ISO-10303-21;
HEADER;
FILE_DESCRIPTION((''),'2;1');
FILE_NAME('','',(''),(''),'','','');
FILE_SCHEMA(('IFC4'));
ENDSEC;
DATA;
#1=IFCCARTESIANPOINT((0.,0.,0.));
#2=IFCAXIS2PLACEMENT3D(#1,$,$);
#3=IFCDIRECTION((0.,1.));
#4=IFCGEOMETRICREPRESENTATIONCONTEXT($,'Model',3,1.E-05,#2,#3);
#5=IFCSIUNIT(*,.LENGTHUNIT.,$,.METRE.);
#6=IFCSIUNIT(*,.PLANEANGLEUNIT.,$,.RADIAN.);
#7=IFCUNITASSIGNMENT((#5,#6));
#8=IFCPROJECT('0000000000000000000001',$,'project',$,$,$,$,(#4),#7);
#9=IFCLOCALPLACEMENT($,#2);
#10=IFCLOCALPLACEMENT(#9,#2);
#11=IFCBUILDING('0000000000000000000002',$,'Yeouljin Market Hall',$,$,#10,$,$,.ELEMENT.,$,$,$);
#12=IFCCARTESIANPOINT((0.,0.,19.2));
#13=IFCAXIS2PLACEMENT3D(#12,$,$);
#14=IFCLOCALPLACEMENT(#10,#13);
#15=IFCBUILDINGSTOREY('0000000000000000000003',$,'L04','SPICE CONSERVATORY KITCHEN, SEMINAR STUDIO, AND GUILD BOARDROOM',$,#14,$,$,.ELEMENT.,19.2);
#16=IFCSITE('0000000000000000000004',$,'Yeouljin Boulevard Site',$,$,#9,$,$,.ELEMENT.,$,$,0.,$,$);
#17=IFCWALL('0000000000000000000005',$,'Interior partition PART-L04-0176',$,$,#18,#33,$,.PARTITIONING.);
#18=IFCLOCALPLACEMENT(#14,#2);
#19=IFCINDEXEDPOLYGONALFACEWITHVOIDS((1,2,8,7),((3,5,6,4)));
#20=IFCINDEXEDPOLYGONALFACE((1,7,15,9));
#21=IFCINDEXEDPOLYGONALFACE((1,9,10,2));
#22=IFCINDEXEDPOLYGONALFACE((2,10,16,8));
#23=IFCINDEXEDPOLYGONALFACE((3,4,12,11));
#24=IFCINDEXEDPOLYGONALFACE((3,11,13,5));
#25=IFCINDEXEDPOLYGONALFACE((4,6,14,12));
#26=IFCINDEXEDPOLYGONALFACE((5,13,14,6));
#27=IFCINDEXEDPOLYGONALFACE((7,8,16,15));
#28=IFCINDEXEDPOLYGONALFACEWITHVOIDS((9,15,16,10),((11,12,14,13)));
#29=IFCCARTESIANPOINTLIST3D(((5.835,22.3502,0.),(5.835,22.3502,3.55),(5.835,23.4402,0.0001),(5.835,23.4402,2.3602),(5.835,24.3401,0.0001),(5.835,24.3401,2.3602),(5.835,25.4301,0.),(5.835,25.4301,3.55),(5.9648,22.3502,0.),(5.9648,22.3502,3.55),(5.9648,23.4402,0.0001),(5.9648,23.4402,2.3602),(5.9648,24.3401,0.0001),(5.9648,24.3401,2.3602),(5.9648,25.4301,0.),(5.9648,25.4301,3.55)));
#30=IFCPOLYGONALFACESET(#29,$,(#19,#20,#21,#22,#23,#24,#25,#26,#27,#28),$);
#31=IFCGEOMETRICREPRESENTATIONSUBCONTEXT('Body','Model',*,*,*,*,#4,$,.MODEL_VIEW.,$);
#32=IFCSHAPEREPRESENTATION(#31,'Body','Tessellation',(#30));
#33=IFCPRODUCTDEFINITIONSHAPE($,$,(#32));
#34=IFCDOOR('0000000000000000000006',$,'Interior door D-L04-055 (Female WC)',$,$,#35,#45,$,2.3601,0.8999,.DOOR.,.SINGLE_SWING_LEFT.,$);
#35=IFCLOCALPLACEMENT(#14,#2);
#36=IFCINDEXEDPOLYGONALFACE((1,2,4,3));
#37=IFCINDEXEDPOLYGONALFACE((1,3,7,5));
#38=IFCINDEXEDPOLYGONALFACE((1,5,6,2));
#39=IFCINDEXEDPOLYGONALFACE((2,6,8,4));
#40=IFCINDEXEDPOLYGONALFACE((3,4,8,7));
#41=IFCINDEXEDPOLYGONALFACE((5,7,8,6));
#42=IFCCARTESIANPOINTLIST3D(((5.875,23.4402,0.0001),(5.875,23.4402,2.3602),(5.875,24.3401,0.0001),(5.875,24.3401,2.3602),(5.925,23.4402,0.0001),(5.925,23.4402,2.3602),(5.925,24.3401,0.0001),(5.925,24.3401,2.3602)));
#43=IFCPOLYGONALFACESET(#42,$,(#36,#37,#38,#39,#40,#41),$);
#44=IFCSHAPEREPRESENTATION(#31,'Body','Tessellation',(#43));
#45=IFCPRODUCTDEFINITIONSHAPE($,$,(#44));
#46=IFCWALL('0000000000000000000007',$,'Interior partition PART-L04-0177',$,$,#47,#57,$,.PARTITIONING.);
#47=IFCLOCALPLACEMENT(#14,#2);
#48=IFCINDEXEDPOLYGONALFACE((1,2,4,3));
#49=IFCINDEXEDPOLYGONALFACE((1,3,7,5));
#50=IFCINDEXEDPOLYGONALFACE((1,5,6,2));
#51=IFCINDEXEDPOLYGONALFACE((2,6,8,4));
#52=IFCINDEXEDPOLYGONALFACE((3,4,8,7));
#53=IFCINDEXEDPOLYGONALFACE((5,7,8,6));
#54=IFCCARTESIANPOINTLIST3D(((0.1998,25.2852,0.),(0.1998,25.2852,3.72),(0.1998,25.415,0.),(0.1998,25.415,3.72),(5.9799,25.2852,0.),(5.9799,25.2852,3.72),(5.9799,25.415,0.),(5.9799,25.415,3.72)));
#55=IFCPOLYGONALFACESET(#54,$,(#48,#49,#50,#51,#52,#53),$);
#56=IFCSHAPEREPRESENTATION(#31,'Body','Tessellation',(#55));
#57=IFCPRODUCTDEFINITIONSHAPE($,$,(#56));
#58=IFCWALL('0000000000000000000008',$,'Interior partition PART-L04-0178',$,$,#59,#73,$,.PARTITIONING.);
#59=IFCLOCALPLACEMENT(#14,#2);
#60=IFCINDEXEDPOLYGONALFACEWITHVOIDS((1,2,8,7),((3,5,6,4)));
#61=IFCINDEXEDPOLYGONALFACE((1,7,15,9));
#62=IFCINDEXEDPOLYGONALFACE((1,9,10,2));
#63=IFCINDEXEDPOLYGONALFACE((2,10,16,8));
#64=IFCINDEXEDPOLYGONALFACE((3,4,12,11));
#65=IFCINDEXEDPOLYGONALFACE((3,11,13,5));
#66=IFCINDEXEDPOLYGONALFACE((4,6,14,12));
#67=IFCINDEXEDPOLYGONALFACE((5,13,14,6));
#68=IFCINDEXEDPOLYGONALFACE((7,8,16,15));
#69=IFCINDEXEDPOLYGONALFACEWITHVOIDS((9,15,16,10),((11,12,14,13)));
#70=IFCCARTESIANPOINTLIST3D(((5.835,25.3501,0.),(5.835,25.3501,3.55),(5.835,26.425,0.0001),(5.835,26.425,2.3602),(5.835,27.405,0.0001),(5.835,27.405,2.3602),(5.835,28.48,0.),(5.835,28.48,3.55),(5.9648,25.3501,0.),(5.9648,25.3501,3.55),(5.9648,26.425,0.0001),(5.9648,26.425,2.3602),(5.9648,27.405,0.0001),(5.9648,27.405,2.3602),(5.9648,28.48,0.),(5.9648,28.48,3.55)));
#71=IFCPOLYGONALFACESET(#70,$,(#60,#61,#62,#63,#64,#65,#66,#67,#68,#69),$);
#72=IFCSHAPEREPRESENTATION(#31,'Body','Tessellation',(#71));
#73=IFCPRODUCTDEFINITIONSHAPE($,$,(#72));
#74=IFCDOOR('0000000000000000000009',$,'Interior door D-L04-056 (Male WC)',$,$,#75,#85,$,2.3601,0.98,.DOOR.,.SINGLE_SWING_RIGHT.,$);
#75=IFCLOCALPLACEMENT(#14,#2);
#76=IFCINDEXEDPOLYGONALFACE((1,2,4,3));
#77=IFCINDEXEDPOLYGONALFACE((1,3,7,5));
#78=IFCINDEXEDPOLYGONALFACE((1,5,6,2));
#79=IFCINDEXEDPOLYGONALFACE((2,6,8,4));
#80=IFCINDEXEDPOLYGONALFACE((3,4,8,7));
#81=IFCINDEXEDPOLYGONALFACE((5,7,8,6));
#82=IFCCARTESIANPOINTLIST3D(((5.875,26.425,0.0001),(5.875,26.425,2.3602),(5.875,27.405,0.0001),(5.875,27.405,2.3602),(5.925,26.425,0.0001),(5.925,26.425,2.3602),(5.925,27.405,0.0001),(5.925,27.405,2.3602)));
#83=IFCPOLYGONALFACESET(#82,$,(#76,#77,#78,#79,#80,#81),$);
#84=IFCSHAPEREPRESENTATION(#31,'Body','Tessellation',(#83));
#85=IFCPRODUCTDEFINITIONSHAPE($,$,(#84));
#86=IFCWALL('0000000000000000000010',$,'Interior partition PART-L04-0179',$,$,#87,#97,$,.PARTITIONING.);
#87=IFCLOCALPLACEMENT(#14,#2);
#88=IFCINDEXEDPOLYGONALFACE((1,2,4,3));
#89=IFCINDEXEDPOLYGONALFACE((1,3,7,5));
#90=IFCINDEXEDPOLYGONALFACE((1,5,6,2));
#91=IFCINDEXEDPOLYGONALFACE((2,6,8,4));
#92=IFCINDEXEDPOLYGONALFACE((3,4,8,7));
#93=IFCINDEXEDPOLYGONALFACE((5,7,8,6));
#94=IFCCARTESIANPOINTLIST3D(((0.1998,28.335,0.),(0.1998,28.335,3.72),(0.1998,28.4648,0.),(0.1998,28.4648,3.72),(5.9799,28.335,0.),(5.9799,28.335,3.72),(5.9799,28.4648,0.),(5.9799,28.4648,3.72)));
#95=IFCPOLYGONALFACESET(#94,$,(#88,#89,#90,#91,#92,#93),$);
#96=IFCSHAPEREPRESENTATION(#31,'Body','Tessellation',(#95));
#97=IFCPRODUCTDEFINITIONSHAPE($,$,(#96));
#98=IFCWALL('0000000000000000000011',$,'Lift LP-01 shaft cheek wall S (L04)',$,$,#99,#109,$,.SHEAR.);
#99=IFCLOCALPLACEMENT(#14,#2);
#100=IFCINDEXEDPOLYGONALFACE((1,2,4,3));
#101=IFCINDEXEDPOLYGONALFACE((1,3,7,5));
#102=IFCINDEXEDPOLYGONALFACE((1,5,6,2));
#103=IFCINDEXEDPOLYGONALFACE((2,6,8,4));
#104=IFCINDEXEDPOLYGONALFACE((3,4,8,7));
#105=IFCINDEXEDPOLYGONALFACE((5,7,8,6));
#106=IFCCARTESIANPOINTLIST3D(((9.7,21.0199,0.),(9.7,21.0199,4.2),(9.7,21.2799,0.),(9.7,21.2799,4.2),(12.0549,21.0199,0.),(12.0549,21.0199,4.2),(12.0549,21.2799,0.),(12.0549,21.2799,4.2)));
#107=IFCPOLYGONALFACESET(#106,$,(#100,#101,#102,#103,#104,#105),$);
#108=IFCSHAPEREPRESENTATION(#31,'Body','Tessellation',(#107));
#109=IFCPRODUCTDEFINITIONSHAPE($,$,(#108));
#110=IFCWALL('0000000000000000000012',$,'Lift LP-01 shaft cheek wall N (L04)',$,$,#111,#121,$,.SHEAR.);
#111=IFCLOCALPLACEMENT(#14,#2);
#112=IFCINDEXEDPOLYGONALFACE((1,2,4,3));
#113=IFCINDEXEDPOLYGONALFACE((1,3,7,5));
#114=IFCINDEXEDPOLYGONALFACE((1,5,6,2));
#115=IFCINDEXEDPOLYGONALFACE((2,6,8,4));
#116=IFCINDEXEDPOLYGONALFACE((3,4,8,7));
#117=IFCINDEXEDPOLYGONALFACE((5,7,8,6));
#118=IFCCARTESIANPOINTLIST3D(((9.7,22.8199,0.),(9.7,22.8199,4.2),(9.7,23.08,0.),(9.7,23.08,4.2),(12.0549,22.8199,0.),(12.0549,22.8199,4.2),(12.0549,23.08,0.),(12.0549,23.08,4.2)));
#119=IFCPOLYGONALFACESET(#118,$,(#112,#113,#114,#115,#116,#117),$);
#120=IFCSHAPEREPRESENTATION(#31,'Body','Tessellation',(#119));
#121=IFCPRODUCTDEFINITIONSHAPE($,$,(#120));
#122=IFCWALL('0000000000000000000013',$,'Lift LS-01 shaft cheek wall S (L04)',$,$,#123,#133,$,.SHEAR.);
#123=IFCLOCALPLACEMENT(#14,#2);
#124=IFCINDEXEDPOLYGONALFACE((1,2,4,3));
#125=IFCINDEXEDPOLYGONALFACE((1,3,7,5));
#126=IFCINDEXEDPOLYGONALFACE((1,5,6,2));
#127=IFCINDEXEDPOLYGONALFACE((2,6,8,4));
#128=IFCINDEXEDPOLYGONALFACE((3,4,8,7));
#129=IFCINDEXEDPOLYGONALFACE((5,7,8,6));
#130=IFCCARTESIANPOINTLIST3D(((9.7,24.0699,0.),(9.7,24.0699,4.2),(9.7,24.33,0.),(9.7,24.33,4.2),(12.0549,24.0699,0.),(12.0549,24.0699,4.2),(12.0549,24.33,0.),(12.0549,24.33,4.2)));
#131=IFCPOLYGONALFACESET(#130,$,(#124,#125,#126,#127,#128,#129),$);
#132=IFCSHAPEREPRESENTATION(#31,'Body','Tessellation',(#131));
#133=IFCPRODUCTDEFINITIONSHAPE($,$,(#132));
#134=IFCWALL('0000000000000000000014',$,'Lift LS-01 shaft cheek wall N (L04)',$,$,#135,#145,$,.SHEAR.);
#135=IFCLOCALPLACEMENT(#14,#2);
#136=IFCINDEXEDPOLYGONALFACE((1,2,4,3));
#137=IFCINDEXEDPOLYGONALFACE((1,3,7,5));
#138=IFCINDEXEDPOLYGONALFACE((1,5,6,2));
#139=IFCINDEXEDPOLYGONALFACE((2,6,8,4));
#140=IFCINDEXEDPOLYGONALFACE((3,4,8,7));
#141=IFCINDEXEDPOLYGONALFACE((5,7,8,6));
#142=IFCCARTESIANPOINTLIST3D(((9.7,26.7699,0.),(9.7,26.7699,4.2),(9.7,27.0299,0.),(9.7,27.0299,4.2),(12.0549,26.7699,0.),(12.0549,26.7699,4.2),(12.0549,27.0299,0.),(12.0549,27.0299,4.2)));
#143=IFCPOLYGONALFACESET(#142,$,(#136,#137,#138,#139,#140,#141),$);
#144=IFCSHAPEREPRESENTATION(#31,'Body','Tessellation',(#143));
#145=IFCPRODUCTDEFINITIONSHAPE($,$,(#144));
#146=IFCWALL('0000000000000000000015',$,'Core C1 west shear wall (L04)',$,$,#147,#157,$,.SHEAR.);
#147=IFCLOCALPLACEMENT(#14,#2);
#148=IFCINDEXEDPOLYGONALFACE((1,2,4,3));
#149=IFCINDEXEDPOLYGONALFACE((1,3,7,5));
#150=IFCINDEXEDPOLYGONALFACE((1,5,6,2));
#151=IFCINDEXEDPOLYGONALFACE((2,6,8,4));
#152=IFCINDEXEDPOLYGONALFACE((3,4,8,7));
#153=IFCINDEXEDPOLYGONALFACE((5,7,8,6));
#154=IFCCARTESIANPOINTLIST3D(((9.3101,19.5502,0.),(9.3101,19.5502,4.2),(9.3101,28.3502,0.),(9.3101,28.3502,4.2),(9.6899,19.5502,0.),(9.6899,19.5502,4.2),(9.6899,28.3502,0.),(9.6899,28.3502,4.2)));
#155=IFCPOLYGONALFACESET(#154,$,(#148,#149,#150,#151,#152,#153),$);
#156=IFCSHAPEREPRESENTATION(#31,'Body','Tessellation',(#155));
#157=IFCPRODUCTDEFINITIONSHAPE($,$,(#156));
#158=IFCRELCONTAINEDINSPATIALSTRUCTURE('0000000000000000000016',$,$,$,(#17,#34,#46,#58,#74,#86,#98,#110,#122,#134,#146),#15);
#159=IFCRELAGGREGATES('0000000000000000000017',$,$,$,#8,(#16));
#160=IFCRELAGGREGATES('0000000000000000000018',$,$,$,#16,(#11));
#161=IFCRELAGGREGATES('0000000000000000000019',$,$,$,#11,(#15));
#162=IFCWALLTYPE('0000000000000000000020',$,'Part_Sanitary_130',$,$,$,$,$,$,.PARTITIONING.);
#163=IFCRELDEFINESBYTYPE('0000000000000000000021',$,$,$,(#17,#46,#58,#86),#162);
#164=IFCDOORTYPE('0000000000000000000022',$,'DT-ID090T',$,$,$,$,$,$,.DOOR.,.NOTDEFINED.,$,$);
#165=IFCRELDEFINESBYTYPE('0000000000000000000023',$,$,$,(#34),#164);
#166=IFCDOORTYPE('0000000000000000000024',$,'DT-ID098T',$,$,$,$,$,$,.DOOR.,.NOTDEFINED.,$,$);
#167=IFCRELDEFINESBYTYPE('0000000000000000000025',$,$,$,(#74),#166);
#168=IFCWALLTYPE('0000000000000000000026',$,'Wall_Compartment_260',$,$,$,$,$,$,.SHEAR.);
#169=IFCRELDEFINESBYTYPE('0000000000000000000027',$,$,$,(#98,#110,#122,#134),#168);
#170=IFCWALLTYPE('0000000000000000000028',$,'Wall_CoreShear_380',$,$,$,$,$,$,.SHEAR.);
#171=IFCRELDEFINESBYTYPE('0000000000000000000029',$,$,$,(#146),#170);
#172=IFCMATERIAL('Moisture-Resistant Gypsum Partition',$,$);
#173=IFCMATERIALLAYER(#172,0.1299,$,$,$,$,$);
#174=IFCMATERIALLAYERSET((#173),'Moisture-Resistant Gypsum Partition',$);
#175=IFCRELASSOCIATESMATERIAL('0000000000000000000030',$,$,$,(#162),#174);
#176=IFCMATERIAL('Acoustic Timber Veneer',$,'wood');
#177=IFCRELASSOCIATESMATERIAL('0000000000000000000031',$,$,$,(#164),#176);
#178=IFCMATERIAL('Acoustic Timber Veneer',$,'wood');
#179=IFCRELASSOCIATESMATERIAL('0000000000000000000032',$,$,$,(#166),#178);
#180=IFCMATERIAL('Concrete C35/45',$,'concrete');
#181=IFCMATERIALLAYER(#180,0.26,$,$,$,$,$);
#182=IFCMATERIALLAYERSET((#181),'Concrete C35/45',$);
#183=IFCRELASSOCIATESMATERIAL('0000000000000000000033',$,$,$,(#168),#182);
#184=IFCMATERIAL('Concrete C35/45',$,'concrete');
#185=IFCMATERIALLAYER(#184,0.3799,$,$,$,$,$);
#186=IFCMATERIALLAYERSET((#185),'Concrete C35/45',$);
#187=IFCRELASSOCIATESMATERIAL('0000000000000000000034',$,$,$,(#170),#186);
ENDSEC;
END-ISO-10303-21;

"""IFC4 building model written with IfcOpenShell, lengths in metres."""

from ifc_helpers import new_model, si_unit, direction, frame, frame_2d, origin, place, context, subcontext, project, spatial, rectangle, extrude, material, layer, layer_set, type_object, element, fill, save


model = new_model("IFC4")

# Units and contexts
model_context = context("Model", 3, precision=1e-05, world=origin(), true_north=direction((0.0, 1.0)))
body_context = subcontext(model_context, "Body", "Model", "MODEL_VIEW")
ifc_project = project(units=[si_unit("LENGTHUNIT", "METRE"), si_unit("PLANEANGLEUNIT", "RADIAN")], contexts=[model_context])

# Site, building, storey
site_placement = place(None, origin())
site = spatial("IfcSite", under=ifc_project, at=site_placement, Name="Yeouljin Boulevard Site", CompositionType="ELEMENT", RefElevation=0.0)
building_placement = place(site_placement, origin())
building = spatial("IfcBuilding", under=site, at=building_placement, Name="Yeouljin Market Hall", CompositionType="ELEMENT")
storey_placement = place(building_placement, frame((0.0, 0.0, 19.2)))
storey = spatial("IfcBuildingStorey", under=building, at=storey_placement, Name="L04", Description="SPICE CONSERVATORY KITCHEN, SEMINAR STUDIO, AND GUILD BOARDROOM", CompositionType="ELEMENT", Elevation=19.2)

# Shared definitions
ifc_material_1 = material(Name="Moisture-Resistant Gypsum Partition")
ifc_layer_1 = layer(ifc_material_1, 0.1299)
ifc_layer_set_1 = layer_set([ifc_layer_1], Name="Moisture-Resistant Gypsum Partition")
wall_type_1 = type_object("IfcWallType", Name="Part_Sanitary_130", PredefinedType="PARTITIONING", material=ifc_layer_set_1)

# Wall, opening, door
wall_1_placement = place(storey_placement, frame((5.8999, 22.3501, 0.0), z_axis=(0.0, 0.0, 1.0), x_axis=(0.0, 1.0, 0.0)))
wall_1 = element("IfcWall", 1, at=wall_1_placement, inside=storey, type_object=wall_type_1, Name="Interior partition PART-L04-0176", PredefinedType="PARTITIONING", context=body_context, shape_type="SweptSolid", body=[
    extrude(rectangle(XDim=3.0798, YDim=0.1299, at=frame_2d((1.54, 0.0))), origin(), (0.0, 0.0, 1.0), 3.55),
])
opening_1_placement = place(wall_1_placement, frame((1.0901, 0.0, 0.0)))
opening_1 = element("IfcOpeningElement", 2, at=opening_1_placement, cuts=wall_1, PredefinedType="OPENING", context=body_context, shape_type="SweptSolid", body=[
    extrude(rectangle(XDim=0.8999, YDim=2.3601, at=frame_2d((0.45, 1.1802))), frame((0.0, 0.075, 0.0), z_axis=(0.0, -1.0, 0.0), x_axis=(1.0, 0.0, 0.0)), (0.0, 0.0, 1.0), 0.1499),
])
ifc_material_2 = material(Name="Acoustic Timber Veneer", Category="wood")
door_type_1 = type_object("IfcDoorType", Name="DT-ID090T", OperationType="NOTDEFINED", PredefinedType="DOOR", material=ifc_material_2)
door_1_placement = place(opening_1_placement, origin())
door_1 = element("IfcDoor", 3, at=door_1_placement, inside=storey, type_object=door_type_1, Name="Interior door D-L04-055 (Female WC)", OperationType="SINGLE_SWING_LEFT", OverallHeight=2.3601, OverallWidth=0.8999, PredefinedType="DOOR", context=body_context, shape_type="SweptSolid", body=[
    extrude(rectangle(XDim=0.8999, YDim=2.3601, at=frame_2d((0.45, 1.1802))), frame((0.0, 0.0249, 0.0), z_axis=(0.0, -1.0, 0.0), x_axis=(1.0, 0.0, 0.0)), (0.0, 0.0, 1.0), 0.05),
])
fill(opening_1, door_1)

# Wall
wall_2_placement = place(storey_placement, frame((5.98, 25.3501, 0.0), z_axis=(0.0, 0.0, 1.0), x_axis=(-1.0, 0.0, 0.0)))
element("IfcWall", 4, at=wall_2_placement, inside=storey, type_object=wall_type_1, Name="Interior partition PART-L04-0177", PredefinedType="PARTITIONING", context=body_context, shape_type="SweptSolid", body=[
    extrude(rectangle(XDim=5.78, YDim=0.1299, at=frame_2d((2.8901, 0.0))), origin(), (0.0, 0.0, 1.0), 3.72),
])

# Wall, opening, door
wall_3_placement = place(storey_placement, frame((5.8999, 25.3501, 0.0), z_axis=(0.0, 0.0, 1.0), x_axis=(0.0, 1.0, 0.0)))
wall_3 = element("IfcWall", 5, at=wall_3_placement, inside=storey, type_object=wall_type_1, Name="Interior partition PART-L04-0178", PredefinedType="PARTITIONING", context=body_context, shape_type="SweptSolid", body=[
    extrude(rectangle(XDim=3.1299, YDim=0.1299, at=frame_2d((1.5649, 0.0))), origin(), (0.0, 0.0, 1.0), 3.55),
])
opening_2_placement = place(wall_3_placement, frame((1.075, 0.0, 0.0)))
opening_2 = element("IfcOpeningElement", 6, at=opening_2_placement, cuts=wall_3, PredefinedType="OPENING", context=body_context, shape_type="SweptSolid", body=[
    extrude(rectangle(XDim=0.98, YDim=2.3601, at=frame_2d((0.49, 1.1802))), frame((0.0, 0.075, 0.0), z_axis=(0.0, -1.0, 0.0), x_axis=(1.0, 0.0, 0.0)), (0.0, 0.0, 1.0), 0.1499),
])
ifc_material_3 = material(Name="Acoustic Timber Veneer", Category="wood")
door_type_2 = type_object("IfcDoorType", Name="DT-ID098T", OperationType="NOTDEFINED", PredefinedType="DOOR", material=ifc_material_3)
door_2_placement = place(opening_2_placement, origin())
door_2 = element("IfcDoor", 7, at=door_2_placement, inside=storey, type_object=door_type_2, Name="Interior door D-L04-056 (Male WC)", OperationType="SINGLE_SWING_RIGHT", OverallHeight=2.3601, OverallWidth=0.98, PredefinedType="DOOR", context=body_context, shape_type="SweptSolid", body=[
    extrude(rectangle(XDim=0.98, YDim=2.3601, at=frame_2d((0.49, 1.1802))), frame((0.0, 0.0249, 0.0), z_axis=(0.0, -1.0, 0.0), x_axis=(1.0, 0.0, 0.0)), (0.0, 0.0, 1.0), 0.05),
])
fill(opening_2, door_2)

# Walls
wall_4_placement = place(storey_placement, frame((5.98, 28.3999, 0.0), z_axis=(0.0, 0.0, 1.0), x_axis=(-1.0, 0.0, 0.0)))
element("IfcWall", 8, at=wall_4_placement, inside=storey, type_object=wall_type_1, Name="Interior partition PART-L04-0179", PredefinedType="PARTITIONING", context=body_context, shape_type="SweptSolid", body=[
    extrude(rectangle(XDim=5.78, YDim=0.1299, at=frame_2d((2.8901, 0.0))), origin(), (0.0, 0.0, 1.0), 3.72),
])
ifc_material_4 = material(Name="Concrete C35/45", Category="concrete")
ifc_layer_2 = layer(ifc_material_4, 0.26)
ifc_layer_set_2 = layer_set([ifc_layer_2], Name="Concrete C35/45")
wall_type_2 = type_object("IfcWallType", Name="Wall_Compartment_260", PredefinedType="SHEAR", material=ifc_layer_set_2)
for number, where, z_axis, x_axis, name in (
    (9, (9.7, 21.1499, 0.0), (0.0, 0.0, 1.0), (1.0, 0.0, 0.0), "Lift LP-01 shaft cheek wall S (L04)"),
    (10, (9.7, 22.95, 0.0), (0.0, 0.0, 1.0), (1.0, 0.0, 0.0), "Lift LP-01 shaft cheek wall N (L04)"),
    (11, (9.7, 24.2, 0.0), (0.0, 0.0, 1.0), (1.0, 0.0, 0.0), "Lift LS-01 shaft cheek wall S (L04)"),
    (12, (9.7, 26.8999, 0.0), (0.0, 0.0, 1.0), (1.0, 0.0, 0.0), "Lift LS-01 shaft cheek wall N (L04)"),
):
    element("IfcWall", number, at=place(storey_placement, frame(where, z_axis=z_axis, x_axis=x_axis)), inside=storey, type_object=wall_type_2, Name=name, PredefinedType="SHEAR", context=body_context, shape_type="SweptSolid", body=[
        extrude(rectangle(XDim=2.355, YDim=0.26, at=frame_2d((1.1775, 0.0))), origin(), (0.0, 0.0, 1.0), 4.2),
    ])
ifc_material_5 = material(Name="Concrete C35/45", Category="concrete")
ifc_layer_3 = layer(ifc_material_5, 0.3799)
ifc_layer_set_3 = layer_set([ifc_layer_3], Name="Concrete C35/45")
wall_type_3 = type_object("IfcWallType", Name="Wall_CoreShear_380", PredefinedType="SHEAR", material=ifc_layer_set_3)
wall_5_placement = place(storey_placement, frame((9.5, 28.3501, 0.0), z_axis=(0.0, 0.0, 1.0), x_axis=(0.0, -1.0, 0.0)))
element("IfcWall", 13, at=wall_5_placement, inside=storey, type_object=wall_type_3, Name="Core C1 west shear wall (L04)", PredefinedType="SHEAR", context=body_context, shape_type="SweptSolid", body=[
    extrude(rectangle(XDim=8.8, YDim=0.3799, at=frame_2d((4.3999, 0.0))), origin(), (0.0, 0.0, 1.0), 4.2),
])

save(model, "model.ifc")
